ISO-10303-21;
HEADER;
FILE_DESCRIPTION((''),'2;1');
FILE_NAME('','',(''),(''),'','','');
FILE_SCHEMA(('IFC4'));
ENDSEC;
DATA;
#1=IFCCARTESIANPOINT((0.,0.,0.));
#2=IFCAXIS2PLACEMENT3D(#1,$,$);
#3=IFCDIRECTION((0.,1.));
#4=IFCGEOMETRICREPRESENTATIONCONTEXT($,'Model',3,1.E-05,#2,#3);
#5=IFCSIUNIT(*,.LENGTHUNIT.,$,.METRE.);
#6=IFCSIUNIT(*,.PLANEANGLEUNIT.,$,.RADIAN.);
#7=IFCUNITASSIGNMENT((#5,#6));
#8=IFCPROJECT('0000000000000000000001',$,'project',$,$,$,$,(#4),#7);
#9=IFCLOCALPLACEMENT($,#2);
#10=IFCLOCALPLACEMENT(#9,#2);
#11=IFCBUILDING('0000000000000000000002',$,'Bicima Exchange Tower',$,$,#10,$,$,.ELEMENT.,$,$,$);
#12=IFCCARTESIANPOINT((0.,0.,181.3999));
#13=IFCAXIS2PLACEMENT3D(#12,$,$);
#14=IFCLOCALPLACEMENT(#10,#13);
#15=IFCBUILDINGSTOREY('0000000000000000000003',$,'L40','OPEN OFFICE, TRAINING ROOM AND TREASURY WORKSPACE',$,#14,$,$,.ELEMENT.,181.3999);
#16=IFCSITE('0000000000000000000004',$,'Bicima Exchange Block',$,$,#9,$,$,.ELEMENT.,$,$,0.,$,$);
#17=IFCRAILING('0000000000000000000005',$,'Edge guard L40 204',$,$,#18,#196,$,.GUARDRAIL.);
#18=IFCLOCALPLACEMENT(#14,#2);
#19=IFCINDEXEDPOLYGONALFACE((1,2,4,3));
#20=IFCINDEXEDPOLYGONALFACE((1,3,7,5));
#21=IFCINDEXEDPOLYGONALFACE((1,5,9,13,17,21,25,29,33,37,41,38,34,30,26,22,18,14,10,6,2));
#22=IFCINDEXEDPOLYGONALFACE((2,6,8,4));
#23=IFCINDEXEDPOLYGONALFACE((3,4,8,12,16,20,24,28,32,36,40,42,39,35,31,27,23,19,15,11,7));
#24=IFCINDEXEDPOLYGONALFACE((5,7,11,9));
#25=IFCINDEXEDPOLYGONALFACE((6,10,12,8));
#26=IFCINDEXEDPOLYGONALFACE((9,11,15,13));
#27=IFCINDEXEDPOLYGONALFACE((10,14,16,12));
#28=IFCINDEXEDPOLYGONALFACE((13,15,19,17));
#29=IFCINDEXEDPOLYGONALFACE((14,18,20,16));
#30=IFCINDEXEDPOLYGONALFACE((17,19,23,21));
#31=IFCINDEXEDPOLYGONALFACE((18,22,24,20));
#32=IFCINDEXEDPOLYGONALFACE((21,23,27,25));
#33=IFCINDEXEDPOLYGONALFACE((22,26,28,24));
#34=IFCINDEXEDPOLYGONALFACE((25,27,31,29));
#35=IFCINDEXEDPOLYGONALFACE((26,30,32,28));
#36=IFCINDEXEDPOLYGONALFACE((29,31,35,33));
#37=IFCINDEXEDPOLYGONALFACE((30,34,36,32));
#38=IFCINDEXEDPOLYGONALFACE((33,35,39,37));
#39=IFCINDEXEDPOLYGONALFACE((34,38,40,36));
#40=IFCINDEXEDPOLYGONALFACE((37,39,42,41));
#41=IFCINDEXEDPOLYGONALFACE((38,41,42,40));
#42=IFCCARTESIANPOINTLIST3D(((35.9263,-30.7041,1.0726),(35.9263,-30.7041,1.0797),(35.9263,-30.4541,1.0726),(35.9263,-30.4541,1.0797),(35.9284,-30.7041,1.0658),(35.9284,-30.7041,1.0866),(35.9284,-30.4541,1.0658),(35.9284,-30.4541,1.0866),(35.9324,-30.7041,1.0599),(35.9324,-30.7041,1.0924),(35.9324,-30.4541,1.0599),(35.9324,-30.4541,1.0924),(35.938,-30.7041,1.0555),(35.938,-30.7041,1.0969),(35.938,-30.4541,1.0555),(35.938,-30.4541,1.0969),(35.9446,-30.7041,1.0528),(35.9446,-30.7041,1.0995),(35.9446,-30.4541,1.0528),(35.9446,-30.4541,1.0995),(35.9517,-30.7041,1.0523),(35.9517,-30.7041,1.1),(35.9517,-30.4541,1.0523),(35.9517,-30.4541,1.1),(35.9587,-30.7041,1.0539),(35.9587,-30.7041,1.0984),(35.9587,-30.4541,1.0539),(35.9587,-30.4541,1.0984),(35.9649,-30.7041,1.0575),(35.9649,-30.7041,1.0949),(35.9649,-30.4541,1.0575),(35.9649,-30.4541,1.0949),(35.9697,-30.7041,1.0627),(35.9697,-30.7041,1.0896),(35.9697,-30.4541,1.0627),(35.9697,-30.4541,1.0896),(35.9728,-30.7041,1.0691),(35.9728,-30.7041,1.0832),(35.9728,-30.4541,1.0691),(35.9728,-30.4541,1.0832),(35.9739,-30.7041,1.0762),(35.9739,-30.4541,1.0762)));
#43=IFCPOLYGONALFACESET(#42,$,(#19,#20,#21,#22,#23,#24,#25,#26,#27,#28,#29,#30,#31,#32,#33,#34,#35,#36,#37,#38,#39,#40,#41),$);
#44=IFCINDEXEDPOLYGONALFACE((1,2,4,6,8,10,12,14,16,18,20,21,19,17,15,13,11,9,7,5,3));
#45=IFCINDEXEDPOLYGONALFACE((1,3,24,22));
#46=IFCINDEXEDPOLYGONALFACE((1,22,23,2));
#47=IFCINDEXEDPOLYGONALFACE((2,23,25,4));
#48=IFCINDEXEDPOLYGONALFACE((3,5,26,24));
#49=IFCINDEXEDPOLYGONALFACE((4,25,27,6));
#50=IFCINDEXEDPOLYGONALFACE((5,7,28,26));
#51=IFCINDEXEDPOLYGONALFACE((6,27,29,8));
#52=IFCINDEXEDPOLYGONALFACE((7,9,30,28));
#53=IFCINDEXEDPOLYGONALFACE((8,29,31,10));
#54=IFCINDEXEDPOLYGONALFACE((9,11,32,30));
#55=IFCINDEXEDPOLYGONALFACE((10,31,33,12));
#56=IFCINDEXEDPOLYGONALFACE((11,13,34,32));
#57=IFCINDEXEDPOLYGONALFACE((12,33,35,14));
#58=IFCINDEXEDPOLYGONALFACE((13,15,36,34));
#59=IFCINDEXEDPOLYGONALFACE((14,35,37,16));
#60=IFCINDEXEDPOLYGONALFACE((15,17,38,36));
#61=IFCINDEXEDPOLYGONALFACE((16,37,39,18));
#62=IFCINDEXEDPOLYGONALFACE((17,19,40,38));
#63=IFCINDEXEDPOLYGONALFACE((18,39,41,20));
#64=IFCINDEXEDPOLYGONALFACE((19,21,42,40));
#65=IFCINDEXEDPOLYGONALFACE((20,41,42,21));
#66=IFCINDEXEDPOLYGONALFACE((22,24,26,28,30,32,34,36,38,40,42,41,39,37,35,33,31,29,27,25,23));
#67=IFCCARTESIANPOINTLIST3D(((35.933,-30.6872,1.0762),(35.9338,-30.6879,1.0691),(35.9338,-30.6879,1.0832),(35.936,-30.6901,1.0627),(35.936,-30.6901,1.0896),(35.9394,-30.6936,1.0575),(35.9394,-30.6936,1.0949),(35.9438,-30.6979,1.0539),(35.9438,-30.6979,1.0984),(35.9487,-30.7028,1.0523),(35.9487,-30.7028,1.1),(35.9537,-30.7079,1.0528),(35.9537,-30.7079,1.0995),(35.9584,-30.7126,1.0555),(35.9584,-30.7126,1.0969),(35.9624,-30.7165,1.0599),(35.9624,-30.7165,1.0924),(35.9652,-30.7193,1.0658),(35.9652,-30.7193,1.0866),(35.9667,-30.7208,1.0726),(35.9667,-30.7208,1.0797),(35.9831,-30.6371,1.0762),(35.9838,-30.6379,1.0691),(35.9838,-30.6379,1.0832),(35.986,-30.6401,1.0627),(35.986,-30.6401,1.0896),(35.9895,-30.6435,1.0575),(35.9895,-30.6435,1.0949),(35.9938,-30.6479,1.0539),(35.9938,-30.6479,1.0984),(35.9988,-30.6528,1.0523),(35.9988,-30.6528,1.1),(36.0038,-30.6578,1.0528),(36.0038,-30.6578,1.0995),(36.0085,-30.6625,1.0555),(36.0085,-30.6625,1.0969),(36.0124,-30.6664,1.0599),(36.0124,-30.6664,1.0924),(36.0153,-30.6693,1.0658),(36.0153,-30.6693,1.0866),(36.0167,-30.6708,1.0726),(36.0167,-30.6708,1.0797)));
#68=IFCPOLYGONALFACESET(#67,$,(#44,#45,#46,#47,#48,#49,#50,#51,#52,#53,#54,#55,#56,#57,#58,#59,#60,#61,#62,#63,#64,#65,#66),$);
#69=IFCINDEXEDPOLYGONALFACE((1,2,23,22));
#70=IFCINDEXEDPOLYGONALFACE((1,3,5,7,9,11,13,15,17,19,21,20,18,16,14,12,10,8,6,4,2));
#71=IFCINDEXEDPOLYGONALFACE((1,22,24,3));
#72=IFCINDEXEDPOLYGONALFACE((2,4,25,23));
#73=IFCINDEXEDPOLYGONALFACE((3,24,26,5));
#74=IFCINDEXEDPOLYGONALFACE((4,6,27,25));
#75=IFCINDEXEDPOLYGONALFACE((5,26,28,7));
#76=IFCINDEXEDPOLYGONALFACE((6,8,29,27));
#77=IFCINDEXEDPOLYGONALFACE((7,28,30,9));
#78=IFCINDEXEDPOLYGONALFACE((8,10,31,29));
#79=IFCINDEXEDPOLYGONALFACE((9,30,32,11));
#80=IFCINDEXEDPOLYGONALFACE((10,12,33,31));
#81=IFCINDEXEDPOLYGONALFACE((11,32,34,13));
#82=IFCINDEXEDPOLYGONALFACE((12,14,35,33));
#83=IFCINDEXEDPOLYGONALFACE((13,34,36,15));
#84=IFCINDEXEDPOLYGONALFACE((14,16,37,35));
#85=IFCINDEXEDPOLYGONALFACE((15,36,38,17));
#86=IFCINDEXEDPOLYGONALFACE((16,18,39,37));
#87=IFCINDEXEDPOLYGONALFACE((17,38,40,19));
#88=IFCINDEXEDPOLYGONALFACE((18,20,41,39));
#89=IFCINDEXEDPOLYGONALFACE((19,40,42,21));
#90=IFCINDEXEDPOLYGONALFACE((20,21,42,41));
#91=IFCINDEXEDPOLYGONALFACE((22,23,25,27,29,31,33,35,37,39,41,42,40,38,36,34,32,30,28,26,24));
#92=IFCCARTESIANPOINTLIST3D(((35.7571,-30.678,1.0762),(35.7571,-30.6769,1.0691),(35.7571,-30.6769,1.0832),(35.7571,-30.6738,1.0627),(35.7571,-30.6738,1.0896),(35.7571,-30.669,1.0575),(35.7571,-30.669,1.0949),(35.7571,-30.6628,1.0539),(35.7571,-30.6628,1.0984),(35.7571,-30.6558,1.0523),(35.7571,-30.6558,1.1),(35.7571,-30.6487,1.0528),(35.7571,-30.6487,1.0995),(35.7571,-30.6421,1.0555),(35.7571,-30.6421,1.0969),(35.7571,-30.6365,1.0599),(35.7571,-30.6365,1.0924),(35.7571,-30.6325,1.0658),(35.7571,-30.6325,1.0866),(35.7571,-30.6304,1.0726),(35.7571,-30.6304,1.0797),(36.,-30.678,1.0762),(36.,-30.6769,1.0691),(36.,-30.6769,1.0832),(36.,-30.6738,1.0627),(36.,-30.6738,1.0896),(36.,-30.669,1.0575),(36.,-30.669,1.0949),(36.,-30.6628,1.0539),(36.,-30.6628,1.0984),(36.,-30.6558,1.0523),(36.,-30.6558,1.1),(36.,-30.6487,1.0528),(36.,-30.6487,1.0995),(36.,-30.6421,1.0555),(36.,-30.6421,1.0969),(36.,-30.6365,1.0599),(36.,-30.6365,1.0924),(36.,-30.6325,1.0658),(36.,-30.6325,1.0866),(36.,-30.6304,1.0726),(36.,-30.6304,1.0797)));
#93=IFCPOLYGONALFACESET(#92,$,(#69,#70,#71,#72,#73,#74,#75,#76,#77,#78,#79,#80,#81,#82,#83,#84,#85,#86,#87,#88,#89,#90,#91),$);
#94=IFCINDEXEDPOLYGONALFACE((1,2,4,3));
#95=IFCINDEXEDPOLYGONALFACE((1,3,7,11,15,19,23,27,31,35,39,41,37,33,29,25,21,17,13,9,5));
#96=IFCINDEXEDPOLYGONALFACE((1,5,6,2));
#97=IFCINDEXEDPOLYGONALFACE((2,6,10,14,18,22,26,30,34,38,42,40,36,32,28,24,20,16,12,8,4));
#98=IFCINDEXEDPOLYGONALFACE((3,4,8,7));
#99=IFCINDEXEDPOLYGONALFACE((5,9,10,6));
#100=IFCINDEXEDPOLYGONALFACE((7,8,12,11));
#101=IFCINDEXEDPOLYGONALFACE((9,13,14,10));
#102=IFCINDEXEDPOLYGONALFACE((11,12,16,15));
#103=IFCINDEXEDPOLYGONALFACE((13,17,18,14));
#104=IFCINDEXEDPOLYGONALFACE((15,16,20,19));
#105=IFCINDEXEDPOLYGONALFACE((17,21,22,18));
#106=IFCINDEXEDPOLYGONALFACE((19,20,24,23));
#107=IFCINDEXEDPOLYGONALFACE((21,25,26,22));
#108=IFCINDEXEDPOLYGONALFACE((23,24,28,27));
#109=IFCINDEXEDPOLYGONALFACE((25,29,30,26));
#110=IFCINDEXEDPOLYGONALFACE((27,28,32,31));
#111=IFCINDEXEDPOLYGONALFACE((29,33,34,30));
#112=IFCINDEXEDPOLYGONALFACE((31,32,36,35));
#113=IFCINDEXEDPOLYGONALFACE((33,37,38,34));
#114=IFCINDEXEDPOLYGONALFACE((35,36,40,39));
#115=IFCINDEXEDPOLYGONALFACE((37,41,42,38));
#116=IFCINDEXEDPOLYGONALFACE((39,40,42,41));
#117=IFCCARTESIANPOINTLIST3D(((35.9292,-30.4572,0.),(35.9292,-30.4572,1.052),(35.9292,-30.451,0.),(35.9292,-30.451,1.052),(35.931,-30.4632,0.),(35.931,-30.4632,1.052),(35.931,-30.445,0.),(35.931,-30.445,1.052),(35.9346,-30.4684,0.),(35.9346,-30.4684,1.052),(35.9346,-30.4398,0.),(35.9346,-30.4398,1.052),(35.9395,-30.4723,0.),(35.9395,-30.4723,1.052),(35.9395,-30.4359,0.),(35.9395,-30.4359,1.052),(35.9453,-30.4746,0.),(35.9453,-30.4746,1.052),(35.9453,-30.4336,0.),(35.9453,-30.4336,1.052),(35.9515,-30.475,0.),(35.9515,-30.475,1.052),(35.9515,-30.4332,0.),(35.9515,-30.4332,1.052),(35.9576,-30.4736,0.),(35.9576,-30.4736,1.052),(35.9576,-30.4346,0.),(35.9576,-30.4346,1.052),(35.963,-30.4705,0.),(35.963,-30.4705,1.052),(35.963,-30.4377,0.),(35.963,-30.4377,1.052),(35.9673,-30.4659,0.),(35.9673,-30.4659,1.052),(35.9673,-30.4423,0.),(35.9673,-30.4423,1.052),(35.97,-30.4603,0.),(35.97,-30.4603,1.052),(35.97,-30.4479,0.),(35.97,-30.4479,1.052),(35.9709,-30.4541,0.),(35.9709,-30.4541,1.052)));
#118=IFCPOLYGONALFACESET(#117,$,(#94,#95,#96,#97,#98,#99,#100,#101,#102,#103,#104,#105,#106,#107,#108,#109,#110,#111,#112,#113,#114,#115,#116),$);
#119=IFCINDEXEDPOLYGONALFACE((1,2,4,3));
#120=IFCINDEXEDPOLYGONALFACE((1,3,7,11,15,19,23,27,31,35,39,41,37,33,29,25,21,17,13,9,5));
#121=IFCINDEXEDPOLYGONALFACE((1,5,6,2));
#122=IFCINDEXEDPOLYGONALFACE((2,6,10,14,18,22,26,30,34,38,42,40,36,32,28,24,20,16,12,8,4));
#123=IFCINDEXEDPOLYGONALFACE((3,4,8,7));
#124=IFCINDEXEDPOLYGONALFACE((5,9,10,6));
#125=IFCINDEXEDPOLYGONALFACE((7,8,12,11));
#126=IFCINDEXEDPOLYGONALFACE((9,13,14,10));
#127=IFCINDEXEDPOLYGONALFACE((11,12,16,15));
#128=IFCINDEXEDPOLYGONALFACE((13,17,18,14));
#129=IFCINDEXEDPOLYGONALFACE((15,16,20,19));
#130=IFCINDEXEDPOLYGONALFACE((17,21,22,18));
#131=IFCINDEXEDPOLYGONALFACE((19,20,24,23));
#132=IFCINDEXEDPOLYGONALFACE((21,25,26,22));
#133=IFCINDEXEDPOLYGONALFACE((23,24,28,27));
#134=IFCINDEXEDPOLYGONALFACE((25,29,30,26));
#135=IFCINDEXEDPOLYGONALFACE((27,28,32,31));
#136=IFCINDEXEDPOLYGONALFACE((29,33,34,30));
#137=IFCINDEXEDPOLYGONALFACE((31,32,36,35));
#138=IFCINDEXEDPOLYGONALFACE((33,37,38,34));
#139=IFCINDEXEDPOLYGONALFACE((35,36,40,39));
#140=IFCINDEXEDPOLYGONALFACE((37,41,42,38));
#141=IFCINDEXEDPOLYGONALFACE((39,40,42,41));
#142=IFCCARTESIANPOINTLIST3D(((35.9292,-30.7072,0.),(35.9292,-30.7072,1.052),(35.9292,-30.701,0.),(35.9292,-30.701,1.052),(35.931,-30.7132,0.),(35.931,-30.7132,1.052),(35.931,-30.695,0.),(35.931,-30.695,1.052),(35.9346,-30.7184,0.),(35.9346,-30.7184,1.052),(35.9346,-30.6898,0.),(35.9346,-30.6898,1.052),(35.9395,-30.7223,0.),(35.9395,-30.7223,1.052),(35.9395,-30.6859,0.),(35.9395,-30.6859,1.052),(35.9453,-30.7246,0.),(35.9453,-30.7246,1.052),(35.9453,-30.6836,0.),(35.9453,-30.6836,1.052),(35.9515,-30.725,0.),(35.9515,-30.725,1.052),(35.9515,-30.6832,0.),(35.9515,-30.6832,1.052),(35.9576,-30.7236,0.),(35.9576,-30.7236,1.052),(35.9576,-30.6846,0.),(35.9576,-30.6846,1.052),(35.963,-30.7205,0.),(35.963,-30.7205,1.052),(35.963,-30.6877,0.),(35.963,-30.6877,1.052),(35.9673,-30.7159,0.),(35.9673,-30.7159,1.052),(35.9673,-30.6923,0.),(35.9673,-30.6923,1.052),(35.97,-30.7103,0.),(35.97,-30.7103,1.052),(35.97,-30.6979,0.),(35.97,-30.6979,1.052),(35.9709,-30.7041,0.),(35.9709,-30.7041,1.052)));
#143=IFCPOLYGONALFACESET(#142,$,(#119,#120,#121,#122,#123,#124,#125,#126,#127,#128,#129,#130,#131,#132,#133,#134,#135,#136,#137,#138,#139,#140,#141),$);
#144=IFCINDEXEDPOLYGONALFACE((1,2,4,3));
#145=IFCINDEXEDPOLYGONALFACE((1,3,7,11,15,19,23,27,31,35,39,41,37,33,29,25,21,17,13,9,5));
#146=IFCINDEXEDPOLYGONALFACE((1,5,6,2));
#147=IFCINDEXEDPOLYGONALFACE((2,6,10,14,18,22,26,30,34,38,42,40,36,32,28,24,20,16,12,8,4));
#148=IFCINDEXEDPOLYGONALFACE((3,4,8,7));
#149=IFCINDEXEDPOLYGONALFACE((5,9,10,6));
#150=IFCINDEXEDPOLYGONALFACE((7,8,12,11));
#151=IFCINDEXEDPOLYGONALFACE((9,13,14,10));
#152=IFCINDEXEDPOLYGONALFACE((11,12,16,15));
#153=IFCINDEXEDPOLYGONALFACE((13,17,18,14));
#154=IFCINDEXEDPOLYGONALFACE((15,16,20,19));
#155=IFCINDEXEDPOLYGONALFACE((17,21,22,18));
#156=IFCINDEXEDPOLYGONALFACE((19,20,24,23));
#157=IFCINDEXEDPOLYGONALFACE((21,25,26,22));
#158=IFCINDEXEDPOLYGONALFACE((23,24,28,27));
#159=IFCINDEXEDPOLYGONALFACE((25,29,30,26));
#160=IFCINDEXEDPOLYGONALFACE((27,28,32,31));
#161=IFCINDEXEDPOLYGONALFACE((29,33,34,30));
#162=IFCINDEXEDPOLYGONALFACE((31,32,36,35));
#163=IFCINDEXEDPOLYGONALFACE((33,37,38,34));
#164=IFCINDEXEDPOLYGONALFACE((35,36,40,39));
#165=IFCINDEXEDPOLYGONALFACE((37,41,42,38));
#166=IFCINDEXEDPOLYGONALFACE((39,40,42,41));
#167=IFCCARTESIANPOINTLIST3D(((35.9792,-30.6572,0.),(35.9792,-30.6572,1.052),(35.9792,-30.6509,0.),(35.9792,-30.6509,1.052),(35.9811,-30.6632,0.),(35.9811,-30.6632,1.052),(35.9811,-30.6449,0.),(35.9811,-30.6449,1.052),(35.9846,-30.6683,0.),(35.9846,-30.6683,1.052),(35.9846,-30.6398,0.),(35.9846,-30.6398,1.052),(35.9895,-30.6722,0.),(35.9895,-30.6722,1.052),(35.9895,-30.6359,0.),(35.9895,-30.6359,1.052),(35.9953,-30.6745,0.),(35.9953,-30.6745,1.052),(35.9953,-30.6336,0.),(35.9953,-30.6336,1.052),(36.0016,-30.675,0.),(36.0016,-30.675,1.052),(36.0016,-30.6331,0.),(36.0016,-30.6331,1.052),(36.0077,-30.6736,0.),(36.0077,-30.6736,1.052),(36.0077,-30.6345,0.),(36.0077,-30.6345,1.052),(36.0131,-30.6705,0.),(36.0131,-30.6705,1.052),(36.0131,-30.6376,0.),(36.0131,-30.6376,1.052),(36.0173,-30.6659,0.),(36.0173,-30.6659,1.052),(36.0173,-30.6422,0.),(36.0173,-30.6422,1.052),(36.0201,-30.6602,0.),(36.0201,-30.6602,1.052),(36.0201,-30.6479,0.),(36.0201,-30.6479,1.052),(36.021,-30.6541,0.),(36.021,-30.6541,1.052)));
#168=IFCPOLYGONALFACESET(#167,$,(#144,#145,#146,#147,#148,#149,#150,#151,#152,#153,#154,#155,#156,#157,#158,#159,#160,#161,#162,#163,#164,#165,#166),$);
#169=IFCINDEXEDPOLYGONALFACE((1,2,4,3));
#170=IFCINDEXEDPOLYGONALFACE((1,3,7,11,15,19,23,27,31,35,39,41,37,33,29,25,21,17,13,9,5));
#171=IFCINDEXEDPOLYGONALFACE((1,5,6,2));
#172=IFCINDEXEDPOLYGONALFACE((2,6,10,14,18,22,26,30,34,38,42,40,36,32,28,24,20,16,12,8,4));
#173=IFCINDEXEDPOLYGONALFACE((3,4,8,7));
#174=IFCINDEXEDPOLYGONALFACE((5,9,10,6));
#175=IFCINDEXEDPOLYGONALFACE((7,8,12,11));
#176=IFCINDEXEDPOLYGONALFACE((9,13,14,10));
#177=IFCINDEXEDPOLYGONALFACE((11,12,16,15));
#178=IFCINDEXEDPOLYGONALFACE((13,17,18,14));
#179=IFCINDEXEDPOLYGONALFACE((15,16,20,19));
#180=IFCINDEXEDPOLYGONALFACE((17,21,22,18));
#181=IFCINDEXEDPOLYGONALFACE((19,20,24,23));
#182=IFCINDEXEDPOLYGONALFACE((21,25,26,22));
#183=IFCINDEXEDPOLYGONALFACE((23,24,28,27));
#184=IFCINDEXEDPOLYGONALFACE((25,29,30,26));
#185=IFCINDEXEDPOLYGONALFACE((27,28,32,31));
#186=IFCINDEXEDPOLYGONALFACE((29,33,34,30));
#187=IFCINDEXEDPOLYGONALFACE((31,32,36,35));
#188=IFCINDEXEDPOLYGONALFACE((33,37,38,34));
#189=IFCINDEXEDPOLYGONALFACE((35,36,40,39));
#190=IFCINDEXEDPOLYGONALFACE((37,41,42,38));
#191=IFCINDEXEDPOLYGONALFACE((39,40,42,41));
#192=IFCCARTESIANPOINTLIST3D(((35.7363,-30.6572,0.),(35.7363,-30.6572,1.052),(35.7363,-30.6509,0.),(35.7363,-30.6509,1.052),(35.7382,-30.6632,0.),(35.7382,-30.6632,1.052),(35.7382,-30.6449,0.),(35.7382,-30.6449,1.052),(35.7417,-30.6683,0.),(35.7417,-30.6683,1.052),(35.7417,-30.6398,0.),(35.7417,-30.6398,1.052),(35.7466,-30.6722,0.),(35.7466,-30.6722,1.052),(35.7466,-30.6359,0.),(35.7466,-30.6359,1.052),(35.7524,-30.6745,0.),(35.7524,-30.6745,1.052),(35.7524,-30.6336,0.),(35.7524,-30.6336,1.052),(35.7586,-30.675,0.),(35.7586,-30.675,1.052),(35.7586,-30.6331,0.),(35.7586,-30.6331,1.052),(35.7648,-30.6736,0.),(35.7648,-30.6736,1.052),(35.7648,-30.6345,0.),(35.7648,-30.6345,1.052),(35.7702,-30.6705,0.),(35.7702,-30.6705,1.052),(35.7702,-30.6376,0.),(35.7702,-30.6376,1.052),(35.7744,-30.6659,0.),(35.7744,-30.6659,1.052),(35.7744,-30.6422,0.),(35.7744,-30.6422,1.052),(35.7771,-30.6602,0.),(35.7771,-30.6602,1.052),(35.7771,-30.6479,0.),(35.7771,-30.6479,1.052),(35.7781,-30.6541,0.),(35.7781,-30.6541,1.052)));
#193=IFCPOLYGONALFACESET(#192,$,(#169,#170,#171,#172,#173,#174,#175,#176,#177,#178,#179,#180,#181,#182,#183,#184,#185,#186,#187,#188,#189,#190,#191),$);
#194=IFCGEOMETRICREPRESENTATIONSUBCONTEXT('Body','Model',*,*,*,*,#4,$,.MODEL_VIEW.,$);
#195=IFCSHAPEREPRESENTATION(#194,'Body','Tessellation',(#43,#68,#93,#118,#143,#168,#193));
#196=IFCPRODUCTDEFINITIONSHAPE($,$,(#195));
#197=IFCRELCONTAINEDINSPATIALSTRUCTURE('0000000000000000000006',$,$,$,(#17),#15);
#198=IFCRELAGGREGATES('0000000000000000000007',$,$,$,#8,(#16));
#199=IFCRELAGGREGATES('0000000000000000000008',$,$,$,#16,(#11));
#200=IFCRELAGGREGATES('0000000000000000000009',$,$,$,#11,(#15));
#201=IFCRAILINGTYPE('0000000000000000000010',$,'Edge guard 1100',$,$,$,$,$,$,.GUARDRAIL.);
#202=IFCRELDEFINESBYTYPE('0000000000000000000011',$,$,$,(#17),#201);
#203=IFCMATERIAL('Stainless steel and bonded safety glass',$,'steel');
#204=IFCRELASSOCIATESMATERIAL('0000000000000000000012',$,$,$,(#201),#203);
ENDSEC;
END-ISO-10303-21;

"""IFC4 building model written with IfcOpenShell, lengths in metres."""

from ifc_helpers import new_model, si_unit, direction, frame, origin, origin_2d, place, context, subcontext, project, spatial, circle, extrude, material, type_object, element, save


model = new_model("IFC4")

# Units and contexts
model_context = context("Model", 3, precision=1e-05, world=origin(), true_north=direction((0.0, 1.0)))
body_context = subcontext(model_context, "Body", "Model", "MODEL_VIEW")
ifc_project = project(units=[si_unit("LENGTHUNIT", "METRE"), si_unit("PLANEANGLEUNIT", "RADIAN")], contexts=[model_context])

# Site, building, storey
site_placement = place(None, origin())
site = spatial("IfcSite", under=ifc_project, at=site_placement, Name="Bicima Exchange Block", CompositionType="ELEMENT", RefElevation=0.0)
building_placement = place(site_placement, origin())
building = spatial("IfcBuilding", under=site, at=building_placement, Name="Bicima Exchange Tower", CompositionType="ELEMENT")
storey_placement = place(building_placement, frame((0.0, 0.0, 181.3999)))
storey = spatial("IfcBuildingStorey", under=building, at=storey_placement, Name="L40", Description="OPEN OFFICE, TRAINING ROOM AND TREASURY WORKSPACE", CompositionType="ELEMENT", Elevation=181.3999)

# Railing
ifc_material_1 = material(Name="Stainless steel and bonded safety glass", Category="steel")
railing_type = type_object("IfcRailingType", Name="Edge guard 1100", PredefinedType="GUARDRAIL", material=ifc_material_1)
railing_placement = place(storey_placement, frame((35.95, -30.4541, 0.0)))
element("IfcRailing", 1, at=railing_placement, inside=storey, type_object=railing_type, Name="Edge guard L40 204", PredefinedType="GUARDRAIL", context=body_context, shape_type="SweptSolid", body=[
    extrude(circle(Radius=0.0239, at=origin_2d()), frame((0.0, 0.0, 1.0762), z_axis=(0.0, -1.0, 0.0), x_axis=(1.0, 0.0, 0.0)), (0.0, 0.0, 1.0), 0.25),
    extrude(circle(Radius=0.0239, at=origin_2d()), frame((0.0, -0.25, 1.0762), z_axis=(0.707107, 0.707107, 0.0), x_axis=(-0.707107, 0.707107, 0.0)), (0.0, 0.0, 1.0), 0.0708),
    extrude(circle(Radius=0.0239, at=origin_2d()), frame((0.05, -0.2, 1.0762), z_axis=(-1.0, 0.0, 0.0), x_axis=(0.0, -1.0, 0.0)), (0.0, 0.0, 1.0), 0.2429),
    extrude(circle(Radius=0.021, at=origin_2d()), origin(), (0.0, 0.0, 1.0), 1.052),
    extrude(circle(Radius=0.021, at=origin_2d()), frame((0.0, -0.25, 0.0)), (0.0, 0.0, 1.0), 1.052),
    extrude(circle(Radius=0.021, at=origin_2d()), frame((0.05, -0.2, 0.0)), (0.0, 0.0, 1.0), 1.052),
    extrude(circle(Radius=0.021, at=origin_2d()), frame((-0.1929, -0.2, 0.0)), (0.0, 0.0, 1.0), 1.052),
])

save(model, "model.ifc")
